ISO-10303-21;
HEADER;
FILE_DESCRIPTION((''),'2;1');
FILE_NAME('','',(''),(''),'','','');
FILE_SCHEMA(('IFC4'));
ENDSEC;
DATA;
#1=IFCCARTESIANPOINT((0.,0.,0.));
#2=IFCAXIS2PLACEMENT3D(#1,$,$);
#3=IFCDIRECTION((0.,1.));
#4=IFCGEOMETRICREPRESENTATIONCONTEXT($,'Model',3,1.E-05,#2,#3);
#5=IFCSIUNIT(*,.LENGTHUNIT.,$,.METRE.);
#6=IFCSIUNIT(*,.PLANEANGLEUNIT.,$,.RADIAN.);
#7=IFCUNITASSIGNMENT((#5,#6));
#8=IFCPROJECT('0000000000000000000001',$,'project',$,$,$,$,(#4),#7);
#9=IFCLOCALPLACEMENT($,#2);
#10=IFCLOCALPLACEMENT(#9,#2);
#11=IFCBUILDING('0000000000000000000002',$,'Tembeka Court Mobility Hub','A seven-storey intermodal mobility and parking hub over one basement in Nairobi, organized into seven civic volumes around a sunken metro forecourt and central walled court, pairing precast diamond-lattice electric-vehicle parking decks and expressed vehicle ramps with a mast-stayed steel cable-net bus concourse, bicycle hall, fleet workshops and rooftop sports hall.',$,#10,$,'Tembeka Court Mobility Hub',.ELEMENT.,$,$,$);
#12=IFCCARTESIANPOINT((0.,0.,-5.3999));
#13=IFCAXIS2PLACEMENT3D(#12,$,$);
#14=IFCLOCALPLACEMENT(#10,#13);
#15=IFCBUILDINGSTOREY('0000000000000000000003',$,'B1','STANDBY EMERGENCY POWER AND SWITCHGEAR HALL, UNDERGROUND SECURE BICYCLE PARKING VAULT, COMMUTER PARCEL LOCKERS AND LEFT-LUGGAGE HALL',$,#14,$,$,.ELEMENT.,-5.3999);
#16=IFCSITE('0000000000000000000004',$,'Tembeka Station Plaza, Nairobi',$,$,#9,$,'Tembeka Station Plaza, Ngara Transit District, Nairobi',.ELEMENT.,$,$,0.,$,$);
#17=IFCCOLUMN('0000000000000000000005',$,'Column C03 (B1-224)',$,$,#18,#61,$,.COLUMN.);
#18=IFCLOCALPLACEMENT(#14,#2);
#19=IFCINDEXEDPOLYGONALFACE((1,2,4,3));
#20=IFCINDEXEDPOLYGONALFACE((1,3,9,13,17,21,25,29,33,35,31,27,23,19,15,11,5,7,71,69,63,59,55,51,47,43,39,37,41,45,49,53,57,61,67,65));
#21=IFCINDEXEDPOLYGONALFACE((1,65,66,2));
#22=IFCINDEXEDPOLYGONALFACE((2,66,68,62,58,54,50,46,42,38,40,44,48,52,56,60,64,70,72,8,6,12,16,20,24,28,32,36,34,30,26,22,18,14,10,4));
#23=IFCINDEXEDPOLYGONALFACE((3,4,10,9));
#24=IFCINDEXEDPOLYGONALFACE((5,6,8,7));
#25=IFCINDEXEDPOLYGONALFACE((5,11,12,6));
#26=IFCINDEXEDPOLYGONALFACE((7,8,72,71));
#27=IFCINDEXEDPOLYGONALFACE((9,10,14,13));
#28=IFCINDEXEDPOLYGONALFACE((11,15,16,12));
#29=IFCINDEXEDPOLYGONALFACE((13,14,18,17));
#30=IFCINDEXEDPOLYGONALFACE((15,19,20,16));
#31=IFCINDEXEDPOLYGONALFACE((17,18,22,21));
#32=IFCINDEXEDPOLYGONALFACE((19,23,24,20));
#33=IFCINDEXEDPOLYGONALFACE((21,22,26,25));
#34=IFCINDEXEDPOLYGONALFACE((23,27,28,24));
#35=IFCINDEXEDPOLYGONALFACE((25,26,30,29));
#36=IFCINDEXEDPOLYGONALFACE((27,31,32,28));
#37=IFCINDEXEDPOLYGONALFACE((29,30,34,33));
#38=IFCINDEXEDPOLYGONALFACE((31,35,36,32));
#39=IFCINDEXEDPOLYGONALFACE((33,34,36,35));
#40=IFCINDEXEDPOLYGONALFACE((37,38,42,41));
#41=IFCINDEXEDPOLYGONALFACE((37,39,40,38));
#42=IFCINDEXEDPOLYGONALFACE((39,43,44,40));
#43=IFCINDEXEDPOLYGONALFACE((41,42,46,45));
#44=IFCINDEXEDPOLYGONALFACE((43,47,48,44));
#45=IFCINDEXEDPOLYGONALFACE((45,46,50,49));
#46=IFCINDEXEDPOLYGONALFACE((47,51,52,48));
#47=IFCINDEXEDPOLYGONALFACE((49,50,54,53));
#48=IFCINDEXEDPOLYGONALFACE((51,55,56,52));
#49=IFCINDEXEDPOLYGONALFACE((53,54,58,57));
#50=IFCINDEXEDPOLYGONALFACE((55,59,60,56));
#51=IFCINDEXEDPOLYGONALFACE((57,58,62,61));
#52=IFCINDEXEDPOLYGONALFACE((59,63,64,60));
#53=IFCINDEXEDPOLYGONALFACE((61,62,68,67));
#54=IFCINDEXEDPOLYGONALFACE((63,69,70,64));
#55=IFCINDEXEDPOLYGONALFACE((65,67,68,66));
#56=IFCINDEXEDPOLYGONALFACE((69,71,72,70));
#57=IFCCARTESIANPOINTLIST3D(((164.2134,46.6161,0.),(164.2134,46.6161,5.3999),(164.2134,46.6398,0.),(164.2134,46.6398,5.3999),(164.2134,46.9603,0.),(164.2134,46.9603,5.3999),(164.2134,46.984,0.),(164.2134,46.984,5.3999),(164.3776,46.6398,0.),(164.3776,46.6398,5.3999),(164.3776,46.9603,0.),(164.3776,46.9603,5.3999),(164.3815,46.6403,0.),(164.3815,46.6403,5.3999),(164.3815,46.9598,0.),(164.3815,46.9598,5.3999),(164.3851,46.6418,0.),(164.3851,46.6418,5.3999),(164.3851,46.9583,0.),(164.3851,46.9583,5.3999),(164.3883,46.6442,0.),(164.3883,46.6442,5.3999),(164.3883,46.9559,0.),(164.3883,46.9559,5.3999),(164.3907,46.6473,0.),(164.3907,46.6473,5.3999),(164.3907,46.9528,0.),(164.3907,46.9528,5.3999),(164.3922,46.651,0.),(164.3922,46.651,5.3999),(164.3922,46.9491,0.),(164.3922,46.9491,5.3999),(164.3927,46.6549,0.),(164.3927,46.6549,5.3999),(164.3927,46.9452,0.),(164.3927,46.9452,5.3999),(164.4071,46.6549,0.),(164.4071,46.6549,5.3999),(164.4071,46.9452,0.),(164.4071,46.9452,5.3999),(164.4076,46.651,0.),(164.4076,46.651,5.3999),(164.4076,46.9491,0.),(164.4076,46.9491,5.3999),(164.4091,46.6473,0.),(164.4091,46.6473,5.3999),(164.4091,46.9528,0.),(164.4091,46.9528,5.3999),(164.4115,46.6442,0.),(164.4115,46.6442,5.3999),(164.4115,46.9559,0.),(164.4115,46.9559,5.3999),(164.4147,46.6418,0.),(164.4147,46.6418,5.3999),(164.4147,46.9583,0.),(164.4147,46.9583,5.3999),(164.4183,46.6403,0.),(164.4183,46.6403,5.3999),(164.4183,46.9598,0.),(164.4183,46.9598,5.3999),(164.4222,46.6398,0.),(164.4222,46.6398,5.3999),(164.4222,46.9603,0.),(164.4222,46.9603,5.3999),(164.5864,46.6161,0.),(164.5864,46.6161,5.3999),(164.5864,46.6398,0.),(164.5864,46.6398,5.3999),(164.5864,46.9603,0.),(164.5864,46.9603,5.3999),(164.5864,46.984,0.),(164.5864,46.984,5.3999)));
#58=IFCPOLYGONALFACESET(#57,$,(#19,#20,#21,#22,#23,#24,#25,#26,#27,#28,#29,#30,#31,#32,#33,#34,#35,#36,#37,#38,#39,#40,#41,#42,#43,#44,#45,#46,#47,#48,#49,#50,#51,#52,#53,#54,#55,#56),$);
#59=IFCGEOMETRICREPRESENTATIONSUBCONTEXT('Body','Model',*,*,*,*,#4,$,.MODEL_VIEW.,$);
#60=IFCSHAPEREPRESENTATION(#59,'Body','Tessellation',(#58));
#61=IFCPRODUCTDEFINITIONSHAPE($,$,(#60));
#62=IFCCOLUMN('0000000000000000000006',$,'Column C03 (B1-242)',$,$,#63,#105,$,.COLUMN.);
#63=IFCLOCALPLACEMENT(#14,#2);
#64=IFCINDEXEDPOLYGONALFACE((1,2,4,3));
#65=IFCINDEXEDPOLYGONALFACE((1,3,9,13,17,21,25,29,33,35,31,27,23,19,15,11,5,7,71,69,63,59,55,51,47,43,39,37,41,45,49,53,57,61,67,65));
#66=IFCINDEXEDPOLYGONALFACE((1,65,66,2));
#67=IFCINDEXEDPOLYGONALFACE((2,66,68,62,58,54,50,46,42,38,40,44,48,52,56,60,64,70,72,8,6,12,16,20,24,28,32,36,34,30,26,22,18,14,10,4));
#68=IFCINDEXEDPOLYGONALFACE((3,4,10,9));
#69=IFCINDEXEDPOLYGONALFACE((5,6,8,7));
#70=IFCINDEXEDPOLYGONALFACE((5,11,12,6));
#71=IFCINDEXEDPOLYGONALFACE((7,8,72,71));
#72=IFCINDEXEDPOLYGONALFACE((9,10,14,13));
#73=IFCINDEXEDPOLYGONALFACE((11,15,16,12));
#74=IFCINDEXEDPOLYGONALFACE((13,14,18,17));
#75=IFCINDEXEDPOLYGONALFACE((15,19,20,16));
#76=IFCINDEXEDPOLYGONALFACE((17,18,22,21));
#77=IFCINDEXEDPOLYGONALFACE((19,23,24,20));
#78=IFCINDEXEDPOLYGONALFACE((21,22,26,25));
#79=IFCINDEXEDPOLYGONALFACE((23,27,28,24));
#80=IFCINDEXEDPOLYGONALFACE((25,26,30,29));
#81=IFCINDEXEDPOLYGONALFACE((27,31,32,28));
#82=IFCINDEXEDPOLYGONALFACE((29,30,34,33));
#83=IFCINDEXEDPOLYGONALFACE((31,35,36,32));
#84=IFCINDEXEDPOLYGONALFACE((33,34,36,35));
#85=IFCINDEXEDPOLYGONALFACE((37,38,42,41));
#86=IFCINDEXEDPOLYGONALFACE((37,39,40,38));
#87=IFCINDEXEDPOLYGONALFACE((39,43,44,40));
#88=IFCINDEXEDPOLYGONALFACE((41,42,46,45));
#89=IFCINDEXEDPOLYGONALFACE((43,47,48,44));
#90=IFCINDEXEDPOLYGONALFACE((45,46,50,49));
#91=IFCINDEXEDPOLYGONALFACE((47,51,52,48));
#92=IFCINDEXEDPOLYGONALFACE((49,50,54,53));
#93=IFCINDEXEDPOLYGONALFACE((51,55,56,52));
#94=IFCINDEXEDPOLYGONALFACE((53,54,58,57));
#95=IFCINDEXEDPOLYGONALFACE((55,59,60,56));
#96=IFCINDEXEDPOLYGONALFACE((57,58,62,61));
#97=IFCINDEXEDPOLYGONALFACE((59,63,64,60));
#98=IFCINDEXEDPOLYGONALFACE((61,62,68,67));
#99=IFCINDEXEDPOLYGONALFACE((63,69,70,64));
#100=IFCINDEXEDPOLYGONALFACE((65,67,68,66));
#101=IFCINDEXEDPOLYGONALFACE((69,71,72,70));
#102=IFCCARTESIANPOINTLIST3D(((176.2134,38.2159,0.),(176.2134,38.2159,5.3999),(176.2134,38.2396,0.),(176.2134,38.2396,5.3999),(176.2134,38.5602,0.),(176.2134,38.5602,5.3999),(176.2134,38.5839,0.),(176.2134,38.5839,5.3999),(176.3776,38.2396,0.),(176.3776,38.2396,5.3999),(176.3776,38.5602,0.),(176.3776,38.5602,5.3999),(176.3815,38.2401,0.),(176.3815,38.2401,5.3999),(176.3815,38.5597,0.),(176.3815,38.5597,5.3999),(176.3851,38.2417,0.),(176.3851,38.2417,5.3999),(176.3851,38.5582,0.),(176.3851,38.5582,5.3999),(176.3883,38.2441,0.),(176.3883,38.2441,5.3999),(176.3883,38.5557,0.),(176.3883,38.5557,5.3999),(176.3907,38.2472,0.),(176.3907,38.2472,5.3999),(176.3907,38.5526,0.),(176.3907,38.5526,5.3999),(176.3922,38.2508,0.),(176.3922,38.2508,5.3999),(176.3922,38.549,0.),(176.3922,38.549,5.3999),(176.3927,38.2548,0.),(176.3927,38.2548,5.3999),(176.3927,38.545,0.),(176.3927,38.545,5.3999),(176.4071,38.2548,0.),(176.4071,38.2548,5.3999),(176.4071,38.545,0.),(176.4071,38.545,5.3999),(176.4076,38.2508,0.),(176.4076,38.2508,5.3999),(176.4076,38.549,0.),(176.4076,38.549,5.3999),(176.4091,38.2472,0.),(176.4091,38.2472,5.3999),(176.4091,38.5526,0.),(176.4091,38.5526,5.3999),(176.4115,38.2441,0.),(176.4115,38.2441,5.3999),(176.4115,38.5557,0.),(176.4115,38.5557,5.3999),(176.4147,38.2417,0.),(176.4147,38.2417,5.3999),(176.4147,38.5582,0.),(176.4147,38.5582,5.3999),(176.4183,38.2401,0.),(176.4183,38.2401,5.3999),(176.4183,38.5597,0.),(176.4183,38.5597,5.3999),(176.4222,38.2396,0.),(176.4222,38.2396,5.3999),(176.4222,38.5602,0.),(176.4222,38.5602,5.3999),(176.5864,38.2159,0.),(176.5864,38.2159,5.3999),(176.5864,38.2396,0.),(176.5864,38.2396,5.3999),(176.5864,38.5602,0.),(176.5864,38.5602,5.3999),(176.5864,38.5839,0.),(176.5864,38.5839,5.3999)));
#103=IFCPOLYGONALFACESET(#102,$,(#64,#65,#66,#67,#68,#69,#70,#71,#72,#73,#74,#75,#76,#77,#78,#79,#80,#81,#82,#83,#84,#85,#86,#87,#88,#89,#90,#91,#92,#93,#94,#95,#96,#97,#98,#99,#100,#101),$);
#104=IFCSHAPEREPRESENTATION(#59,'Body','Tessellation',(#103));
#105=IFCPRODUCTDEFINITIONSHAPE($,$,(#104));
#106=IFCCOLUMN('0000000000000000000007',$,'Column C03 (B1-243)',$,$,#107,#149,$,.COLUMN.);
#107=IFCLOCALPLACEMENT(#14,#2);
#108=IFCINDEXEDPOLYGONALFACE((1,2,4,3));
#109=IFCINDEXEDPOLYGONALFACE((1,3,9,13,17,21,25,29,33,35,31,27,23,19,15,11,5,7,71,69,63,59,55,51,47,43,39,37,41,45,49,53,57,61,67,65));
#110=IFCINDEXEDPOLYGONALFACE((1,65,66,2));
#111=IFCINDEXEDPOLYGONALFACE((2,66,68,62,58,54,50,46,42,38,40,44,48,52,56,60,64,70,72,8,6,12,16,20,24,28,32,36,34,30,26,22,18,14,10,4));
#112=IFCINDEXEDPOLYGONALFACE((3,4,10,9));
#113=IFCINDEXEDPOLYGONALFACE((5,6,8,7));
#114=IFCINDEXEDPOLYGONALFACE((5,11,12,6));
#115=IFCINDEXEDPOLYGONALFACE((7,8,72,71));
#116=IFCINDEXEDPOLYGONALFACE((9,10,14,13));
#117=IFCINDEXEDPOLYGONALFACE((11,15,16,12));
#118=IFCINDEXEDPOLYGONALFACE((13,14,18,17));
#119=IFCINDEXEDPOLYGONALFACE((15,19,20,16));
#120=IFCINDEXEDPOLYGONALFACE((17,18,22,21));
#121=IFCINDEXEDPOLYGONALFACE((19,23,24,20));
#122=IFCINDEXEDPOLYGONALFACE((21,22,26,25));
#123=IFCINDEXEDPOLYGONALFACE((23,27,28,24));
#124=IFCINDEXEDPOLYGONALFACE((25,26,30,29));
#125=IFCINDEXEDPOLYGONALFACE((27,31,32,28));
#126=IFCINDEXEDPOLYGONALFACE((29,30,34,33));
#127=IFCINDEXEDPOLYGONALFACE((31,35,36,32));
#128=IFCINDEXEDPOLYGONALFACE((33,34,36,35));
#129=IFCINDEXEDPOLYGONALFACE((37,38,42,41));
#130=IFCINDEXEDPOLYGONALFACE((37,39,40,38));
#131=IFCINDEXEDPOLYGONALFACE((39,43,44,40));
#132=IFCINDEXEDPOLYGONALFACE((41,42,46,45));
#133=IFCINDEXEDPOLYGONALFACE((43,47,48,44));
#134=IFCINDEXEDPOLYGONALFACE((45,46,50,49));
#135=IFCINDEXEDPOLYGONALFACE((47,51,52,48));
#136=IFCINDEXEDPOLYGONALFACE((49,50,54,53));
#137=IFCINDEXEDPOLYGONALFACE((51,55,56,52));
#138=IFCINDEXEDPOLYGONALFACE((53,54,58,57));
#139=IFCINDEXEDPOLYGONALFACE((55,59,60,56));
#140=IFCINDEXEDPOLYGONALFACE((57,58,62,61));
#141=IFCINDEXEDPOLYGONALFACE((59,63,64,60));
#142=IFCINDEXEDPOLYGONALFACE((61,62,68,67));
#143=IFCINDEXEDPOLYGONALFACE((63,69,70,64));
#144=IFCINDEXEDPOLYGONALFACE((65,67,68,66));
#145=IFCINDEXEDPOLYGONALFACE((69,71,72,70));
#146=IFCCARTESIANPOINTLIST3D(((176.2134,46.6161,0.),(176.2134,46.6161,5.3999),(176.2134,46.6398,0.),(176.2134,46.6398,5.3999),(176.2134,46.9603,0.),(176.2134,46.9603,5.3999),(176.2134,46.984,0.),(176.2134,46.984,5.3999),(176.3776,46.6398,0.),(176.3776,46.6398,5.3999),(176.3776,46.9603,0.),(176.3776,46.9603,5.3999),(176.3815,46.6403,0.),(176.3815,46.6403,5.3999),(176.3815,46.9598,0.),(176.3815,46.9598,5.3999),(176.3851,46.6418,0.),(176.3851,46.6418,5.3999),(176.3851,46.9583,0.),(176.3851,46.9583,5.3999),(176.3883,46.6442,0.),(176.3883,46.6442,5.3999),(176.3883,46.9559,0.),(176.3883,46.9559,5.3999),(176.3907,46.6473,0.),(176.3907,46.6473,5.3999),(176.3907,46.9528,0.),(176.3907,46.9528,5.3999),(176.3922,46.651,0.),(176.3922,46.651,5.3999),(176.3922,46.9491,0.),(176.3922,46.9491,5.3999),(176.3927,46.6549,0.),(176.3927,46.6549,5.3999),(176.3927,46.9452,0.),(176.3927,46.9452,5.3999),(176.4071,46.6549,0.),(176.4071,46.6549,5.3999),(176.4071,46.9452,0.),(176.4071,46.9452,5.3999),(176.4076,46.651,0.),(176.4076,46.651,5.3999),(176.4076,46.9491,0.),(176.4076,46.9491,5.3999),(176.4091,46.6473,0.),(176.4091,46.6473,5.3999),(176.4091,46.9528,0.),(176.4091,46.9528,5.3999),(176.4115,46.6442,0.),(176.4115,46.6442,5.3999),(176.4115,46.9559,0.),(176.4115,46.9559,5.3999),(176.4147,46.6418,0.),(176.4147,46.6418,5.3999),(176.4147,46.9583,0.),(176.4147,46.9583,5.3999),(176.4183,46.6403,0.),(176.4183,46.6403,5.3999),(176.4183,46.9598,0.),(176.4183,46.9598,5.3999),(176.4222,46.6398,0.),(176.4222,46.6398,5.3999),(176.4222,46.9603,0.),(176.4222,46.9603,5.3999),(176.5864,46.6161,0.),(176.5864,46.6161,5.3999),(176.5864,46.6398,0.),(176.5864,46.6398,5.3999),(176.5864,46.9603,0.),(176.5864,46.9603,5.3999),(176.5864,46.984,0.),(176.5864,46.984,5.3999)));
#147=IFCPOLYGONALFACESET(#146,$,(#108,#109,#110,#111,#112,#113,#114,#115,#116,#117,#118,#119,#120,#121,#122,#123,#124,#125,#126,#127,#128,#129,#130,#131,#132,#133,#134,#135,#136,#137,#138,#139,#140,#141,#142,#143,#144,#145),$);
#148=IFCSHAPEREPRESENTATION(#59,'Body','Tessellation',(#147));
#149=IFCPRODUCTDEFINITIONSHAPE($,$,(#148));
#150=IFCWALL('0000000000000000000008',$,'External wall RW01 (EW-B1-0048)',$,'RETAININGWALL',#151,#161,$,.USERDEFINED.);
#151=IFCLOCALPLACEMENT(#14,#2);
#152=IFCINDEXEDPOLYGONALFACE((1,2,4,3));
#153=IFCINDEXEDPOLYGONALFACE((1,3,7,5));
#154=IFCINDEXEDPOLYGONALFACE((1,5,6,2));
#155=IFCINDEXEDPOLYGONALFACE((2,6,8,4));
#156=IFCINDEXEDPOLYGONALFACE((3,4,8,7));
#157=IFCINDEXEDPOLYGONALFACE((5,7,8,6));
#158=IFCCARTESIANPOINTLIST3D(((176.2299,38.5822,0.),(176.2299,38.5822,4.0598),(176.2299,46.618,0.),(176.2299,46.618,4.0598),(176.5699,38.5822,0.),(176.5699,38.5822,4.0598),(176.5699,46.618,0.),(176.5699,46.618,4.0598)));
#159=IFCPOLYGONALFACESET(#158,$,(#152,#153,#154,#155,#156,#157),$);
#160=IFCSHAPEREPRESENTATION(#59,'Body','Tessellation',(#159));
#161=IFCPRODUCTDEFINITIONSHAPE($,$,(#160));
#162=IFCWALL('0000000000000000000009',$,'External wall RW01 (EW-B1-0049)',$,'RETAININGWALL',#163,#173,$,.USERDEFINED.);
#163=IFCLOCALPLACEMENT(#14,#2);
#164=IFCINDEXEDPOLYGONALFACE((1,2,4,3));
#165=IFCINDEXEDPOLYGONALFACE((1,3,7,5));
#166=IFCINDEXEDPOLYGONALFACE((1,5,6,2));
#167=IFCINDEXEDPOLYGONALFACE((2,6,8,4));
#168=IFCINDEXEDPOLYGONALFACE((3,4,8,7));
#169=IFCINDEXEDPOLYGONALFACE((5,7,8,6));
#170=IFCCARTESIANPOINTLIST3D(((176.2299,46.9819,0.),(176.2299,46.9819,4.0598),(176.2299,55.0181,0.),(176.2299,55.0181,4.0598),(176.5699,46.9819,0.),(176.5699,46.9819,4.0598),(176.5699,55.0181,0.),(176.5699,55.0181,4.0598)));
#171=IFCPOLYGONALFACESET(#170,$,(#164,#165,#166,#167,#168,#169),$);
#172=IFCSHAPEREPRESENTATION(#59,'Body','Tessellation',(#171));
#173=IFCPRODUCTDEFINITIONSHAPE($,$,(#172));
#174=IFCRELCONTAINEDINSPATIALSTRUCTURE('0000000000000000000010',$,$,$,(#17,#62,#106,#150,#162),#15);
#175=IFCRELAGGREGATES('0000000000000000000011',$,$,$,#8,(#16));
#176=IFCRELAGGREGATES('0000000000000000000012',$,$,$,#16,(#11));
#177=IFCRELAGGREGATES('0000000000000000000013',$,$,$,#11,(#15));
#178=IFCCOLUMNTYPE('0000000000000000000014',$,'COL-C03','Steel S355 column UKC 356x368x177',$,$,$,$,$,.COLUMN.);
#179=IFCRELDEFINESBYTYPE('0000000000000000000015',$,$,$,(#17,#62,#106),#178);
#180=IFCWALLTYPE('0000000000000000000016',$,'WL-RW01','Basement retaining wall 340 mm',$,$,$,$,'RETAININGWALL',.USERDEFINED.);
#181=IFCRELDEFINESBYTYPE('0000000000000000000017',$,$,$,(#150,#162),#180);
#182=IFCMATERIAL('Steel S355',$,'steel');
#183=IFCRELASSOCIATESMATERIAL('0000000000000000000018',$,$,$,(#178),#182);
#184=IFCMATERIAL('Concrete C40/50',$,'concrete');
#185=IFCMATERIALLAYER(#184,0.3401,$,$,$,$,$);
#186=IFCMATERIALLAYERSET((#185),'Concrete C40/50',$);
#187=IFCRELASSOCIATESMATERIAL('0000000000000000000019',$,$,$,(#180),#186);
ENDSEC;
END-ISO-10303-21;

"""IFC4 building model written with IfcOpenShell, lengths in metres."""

from ifc_helpers import new_model, si_unit, direction, frame, frame_2d, origin, origin_2d, place, context, subcontext, project, spatial, rectangle, i_section, extrude, material, layer, layer_set, material_profile, profile_set, type_object, element, save


model = new_model("IFC4")

# Units and contexts
model_context = context("Model", 3, precision=1e-05, world=origin(), true_north=direction((0.0, 1.0)))
body_context = subcontext(model_context, "Body", "Model", "MODEL_VIEW")
ifc_project = project(units=[si_unit("LENGTHUNIT", "METRE"), si_unit("PLANEANGLEUNIT", "RADIAN")], contexts=[model_context])

# Site, building, storey
site_placement = place(None, origin())
site = spatial("IfcSite", under=ifc_project, at=site_placement, Name="Tembeka Station Plaza, Nairobi", LongName="Tembeka Station Plaza, Ngara Transit District, Nairobi", CompositionType="ELEMENT", RefElevation=0.0)
building_placement = place(site_placement, origin())
building = spatial("IfcBuilding", under=site, at=building_placement, Name="Tembeka Court Mobility Hub", Description="A seven-storey intermodal mobility and parking hub over one basement in Nairobi, organized into seven civic volumes around a sunken metro forecourt and central walled court, pairing precast diamond-lattice electric-vehicle parking decks and expressed vehicle ramps with a mast-stayed steel cable-net bus concourse, bicycle hall, fleet workshops and rooftop sports hall.", LongName="Tembeka Court Mobility Hub", CompositionType="ELEMENT")
storey_placement = place(building_placement, frame((0.0, 0.0, -5.3999)))
storey = spatial("IfcBuildingStorey", under=building, at=storey_placement, Name="B1", Description="STANDBY EMERGENCY POWER AND SWITCHGEAR HALL, UNDERGROUND SECURE BICYCLE PARKING VAULT, COMMUTER PARCEL LOCKERS AND LEFT-LUGGAGE HALL", CompositionType="ELEMENT", Elevation=-5.3999)

# Shared definitions
ifc_material_1 = material(Name="Concrete C40/50", Category="concrete")

# Columns
ifc_material_2 = material(Name="Steel S355", Category="steel")
ifc_material_profile_1 = material_profile(ifc_material_2, i_section(OverallWidth=0.373, OverallDepth=0.3679, WebThickness=0.0144, FlangeThickness=0.0237, FilletRadius=0.0151, at=origin_2d()), Name="UKC 356x368x177")
ifc_profile_set_1 = profile_set([ifc_material_profile_1], Name="Steel S355")
column_type = type_object("IfcColumnType", Name="COL-C03", Description="Steel S355 column UKC 356x368x177", PredefinedType="COLUMN", material=ifc_profile_set_1)
for number, where, z_axis, x_axis, name in (
    (1, (164.3999, 46.8, 0.0), (0.0, 0.0, 1.0), (1.0, 0.0, 0.0), "Column C03 (B1-224)"),
    (2, (176.3999, 38.3999, 0.0), (0.0, 0.0, 1.0), (1.0, 0.0, 0.0), "Column C03 (B1-242)"),
    (3, (176.3999, 46.8, 0.0), (0.0, 0.0, 1.0), (1.0, 0.0, 0.0), "Column C03 (B1-243)"),
):
    element("IfcColumn", number, at=place(storey_placement, frame(where, z_axis=z_axis, x_axis=x_axis)), inside=storey, type_object=column_type, Name=name, PredefinedType="COLUMN", context=body_context, shape_type="SweptSolid", body=[
        extrude(i_section(OverallWidth=0.373, OverallDepth=0.3679, WebThickness=0.0144, FlangeThickness=0.0237, FilletRadius=0.0151, at=origin_2d()), origin(), (0.0, 0.0, 1.0), 5.3999),
    ])

# Walls
ifc_layer = layer(ifc_material_1, 0.3401)
ifc_layer_set = layer_set([ifc_layer], Name="Concrete C40/50")
wall_type = type_object("IfcWallType", Name="WL-RW01", Description="Basement retaining wall 340 mm", ElementType="RETAININGWALL", PredefinedType="USERDEFINED", material=ifc_layer_set)
wall_1_placement = place(storey_placement, frame((176.3999, 38.582, 0.0), z_axis=(0.0, 0.0, 1.0), x_axis=(0.0, 1.0, 0.0)))
element("IfcWall", 4, at=wall_1_placement, inside=storey, type_object=wall_type, Name="External wall RW01 (EW-B1-0048)", ObjectType="RETAININGWALL", PredefinedType="USERDEFINED", context=body_context, shape_type="SweptSolid", body=[
    extrude(rectangle(XDim=8.0359, YDim=0.3401, at=frame_2d((4.0181, 0.0))), origin(), (0.0, 0.0, 1.0), 4.0598),
])
wall_2_placement = place(storey_placement, frame((176.3999, 46.9819, 0.0), z_axis=(0.0, 0.0, 1.0), x_axis=(0.0, 1.0, 0.0)))
element("IfcWall", 5, at=wall_2_placement, inside=storey, type_object=wall_type, Name="External wall RW01 (EW-B1-0049)", ObjectType="RETAININGWALL", PredefinedType="USERDEFINED", context=body_context, shape_type="SweptSolid", body=[
    extrude(rectangle(XDim=8.0361, YDim=0.3401, at=frame_2d((4.0181, 0.0))), origin(), (0.0, 0.0, 1.0), 4.0598),
])

save(model, "model.ifc")
